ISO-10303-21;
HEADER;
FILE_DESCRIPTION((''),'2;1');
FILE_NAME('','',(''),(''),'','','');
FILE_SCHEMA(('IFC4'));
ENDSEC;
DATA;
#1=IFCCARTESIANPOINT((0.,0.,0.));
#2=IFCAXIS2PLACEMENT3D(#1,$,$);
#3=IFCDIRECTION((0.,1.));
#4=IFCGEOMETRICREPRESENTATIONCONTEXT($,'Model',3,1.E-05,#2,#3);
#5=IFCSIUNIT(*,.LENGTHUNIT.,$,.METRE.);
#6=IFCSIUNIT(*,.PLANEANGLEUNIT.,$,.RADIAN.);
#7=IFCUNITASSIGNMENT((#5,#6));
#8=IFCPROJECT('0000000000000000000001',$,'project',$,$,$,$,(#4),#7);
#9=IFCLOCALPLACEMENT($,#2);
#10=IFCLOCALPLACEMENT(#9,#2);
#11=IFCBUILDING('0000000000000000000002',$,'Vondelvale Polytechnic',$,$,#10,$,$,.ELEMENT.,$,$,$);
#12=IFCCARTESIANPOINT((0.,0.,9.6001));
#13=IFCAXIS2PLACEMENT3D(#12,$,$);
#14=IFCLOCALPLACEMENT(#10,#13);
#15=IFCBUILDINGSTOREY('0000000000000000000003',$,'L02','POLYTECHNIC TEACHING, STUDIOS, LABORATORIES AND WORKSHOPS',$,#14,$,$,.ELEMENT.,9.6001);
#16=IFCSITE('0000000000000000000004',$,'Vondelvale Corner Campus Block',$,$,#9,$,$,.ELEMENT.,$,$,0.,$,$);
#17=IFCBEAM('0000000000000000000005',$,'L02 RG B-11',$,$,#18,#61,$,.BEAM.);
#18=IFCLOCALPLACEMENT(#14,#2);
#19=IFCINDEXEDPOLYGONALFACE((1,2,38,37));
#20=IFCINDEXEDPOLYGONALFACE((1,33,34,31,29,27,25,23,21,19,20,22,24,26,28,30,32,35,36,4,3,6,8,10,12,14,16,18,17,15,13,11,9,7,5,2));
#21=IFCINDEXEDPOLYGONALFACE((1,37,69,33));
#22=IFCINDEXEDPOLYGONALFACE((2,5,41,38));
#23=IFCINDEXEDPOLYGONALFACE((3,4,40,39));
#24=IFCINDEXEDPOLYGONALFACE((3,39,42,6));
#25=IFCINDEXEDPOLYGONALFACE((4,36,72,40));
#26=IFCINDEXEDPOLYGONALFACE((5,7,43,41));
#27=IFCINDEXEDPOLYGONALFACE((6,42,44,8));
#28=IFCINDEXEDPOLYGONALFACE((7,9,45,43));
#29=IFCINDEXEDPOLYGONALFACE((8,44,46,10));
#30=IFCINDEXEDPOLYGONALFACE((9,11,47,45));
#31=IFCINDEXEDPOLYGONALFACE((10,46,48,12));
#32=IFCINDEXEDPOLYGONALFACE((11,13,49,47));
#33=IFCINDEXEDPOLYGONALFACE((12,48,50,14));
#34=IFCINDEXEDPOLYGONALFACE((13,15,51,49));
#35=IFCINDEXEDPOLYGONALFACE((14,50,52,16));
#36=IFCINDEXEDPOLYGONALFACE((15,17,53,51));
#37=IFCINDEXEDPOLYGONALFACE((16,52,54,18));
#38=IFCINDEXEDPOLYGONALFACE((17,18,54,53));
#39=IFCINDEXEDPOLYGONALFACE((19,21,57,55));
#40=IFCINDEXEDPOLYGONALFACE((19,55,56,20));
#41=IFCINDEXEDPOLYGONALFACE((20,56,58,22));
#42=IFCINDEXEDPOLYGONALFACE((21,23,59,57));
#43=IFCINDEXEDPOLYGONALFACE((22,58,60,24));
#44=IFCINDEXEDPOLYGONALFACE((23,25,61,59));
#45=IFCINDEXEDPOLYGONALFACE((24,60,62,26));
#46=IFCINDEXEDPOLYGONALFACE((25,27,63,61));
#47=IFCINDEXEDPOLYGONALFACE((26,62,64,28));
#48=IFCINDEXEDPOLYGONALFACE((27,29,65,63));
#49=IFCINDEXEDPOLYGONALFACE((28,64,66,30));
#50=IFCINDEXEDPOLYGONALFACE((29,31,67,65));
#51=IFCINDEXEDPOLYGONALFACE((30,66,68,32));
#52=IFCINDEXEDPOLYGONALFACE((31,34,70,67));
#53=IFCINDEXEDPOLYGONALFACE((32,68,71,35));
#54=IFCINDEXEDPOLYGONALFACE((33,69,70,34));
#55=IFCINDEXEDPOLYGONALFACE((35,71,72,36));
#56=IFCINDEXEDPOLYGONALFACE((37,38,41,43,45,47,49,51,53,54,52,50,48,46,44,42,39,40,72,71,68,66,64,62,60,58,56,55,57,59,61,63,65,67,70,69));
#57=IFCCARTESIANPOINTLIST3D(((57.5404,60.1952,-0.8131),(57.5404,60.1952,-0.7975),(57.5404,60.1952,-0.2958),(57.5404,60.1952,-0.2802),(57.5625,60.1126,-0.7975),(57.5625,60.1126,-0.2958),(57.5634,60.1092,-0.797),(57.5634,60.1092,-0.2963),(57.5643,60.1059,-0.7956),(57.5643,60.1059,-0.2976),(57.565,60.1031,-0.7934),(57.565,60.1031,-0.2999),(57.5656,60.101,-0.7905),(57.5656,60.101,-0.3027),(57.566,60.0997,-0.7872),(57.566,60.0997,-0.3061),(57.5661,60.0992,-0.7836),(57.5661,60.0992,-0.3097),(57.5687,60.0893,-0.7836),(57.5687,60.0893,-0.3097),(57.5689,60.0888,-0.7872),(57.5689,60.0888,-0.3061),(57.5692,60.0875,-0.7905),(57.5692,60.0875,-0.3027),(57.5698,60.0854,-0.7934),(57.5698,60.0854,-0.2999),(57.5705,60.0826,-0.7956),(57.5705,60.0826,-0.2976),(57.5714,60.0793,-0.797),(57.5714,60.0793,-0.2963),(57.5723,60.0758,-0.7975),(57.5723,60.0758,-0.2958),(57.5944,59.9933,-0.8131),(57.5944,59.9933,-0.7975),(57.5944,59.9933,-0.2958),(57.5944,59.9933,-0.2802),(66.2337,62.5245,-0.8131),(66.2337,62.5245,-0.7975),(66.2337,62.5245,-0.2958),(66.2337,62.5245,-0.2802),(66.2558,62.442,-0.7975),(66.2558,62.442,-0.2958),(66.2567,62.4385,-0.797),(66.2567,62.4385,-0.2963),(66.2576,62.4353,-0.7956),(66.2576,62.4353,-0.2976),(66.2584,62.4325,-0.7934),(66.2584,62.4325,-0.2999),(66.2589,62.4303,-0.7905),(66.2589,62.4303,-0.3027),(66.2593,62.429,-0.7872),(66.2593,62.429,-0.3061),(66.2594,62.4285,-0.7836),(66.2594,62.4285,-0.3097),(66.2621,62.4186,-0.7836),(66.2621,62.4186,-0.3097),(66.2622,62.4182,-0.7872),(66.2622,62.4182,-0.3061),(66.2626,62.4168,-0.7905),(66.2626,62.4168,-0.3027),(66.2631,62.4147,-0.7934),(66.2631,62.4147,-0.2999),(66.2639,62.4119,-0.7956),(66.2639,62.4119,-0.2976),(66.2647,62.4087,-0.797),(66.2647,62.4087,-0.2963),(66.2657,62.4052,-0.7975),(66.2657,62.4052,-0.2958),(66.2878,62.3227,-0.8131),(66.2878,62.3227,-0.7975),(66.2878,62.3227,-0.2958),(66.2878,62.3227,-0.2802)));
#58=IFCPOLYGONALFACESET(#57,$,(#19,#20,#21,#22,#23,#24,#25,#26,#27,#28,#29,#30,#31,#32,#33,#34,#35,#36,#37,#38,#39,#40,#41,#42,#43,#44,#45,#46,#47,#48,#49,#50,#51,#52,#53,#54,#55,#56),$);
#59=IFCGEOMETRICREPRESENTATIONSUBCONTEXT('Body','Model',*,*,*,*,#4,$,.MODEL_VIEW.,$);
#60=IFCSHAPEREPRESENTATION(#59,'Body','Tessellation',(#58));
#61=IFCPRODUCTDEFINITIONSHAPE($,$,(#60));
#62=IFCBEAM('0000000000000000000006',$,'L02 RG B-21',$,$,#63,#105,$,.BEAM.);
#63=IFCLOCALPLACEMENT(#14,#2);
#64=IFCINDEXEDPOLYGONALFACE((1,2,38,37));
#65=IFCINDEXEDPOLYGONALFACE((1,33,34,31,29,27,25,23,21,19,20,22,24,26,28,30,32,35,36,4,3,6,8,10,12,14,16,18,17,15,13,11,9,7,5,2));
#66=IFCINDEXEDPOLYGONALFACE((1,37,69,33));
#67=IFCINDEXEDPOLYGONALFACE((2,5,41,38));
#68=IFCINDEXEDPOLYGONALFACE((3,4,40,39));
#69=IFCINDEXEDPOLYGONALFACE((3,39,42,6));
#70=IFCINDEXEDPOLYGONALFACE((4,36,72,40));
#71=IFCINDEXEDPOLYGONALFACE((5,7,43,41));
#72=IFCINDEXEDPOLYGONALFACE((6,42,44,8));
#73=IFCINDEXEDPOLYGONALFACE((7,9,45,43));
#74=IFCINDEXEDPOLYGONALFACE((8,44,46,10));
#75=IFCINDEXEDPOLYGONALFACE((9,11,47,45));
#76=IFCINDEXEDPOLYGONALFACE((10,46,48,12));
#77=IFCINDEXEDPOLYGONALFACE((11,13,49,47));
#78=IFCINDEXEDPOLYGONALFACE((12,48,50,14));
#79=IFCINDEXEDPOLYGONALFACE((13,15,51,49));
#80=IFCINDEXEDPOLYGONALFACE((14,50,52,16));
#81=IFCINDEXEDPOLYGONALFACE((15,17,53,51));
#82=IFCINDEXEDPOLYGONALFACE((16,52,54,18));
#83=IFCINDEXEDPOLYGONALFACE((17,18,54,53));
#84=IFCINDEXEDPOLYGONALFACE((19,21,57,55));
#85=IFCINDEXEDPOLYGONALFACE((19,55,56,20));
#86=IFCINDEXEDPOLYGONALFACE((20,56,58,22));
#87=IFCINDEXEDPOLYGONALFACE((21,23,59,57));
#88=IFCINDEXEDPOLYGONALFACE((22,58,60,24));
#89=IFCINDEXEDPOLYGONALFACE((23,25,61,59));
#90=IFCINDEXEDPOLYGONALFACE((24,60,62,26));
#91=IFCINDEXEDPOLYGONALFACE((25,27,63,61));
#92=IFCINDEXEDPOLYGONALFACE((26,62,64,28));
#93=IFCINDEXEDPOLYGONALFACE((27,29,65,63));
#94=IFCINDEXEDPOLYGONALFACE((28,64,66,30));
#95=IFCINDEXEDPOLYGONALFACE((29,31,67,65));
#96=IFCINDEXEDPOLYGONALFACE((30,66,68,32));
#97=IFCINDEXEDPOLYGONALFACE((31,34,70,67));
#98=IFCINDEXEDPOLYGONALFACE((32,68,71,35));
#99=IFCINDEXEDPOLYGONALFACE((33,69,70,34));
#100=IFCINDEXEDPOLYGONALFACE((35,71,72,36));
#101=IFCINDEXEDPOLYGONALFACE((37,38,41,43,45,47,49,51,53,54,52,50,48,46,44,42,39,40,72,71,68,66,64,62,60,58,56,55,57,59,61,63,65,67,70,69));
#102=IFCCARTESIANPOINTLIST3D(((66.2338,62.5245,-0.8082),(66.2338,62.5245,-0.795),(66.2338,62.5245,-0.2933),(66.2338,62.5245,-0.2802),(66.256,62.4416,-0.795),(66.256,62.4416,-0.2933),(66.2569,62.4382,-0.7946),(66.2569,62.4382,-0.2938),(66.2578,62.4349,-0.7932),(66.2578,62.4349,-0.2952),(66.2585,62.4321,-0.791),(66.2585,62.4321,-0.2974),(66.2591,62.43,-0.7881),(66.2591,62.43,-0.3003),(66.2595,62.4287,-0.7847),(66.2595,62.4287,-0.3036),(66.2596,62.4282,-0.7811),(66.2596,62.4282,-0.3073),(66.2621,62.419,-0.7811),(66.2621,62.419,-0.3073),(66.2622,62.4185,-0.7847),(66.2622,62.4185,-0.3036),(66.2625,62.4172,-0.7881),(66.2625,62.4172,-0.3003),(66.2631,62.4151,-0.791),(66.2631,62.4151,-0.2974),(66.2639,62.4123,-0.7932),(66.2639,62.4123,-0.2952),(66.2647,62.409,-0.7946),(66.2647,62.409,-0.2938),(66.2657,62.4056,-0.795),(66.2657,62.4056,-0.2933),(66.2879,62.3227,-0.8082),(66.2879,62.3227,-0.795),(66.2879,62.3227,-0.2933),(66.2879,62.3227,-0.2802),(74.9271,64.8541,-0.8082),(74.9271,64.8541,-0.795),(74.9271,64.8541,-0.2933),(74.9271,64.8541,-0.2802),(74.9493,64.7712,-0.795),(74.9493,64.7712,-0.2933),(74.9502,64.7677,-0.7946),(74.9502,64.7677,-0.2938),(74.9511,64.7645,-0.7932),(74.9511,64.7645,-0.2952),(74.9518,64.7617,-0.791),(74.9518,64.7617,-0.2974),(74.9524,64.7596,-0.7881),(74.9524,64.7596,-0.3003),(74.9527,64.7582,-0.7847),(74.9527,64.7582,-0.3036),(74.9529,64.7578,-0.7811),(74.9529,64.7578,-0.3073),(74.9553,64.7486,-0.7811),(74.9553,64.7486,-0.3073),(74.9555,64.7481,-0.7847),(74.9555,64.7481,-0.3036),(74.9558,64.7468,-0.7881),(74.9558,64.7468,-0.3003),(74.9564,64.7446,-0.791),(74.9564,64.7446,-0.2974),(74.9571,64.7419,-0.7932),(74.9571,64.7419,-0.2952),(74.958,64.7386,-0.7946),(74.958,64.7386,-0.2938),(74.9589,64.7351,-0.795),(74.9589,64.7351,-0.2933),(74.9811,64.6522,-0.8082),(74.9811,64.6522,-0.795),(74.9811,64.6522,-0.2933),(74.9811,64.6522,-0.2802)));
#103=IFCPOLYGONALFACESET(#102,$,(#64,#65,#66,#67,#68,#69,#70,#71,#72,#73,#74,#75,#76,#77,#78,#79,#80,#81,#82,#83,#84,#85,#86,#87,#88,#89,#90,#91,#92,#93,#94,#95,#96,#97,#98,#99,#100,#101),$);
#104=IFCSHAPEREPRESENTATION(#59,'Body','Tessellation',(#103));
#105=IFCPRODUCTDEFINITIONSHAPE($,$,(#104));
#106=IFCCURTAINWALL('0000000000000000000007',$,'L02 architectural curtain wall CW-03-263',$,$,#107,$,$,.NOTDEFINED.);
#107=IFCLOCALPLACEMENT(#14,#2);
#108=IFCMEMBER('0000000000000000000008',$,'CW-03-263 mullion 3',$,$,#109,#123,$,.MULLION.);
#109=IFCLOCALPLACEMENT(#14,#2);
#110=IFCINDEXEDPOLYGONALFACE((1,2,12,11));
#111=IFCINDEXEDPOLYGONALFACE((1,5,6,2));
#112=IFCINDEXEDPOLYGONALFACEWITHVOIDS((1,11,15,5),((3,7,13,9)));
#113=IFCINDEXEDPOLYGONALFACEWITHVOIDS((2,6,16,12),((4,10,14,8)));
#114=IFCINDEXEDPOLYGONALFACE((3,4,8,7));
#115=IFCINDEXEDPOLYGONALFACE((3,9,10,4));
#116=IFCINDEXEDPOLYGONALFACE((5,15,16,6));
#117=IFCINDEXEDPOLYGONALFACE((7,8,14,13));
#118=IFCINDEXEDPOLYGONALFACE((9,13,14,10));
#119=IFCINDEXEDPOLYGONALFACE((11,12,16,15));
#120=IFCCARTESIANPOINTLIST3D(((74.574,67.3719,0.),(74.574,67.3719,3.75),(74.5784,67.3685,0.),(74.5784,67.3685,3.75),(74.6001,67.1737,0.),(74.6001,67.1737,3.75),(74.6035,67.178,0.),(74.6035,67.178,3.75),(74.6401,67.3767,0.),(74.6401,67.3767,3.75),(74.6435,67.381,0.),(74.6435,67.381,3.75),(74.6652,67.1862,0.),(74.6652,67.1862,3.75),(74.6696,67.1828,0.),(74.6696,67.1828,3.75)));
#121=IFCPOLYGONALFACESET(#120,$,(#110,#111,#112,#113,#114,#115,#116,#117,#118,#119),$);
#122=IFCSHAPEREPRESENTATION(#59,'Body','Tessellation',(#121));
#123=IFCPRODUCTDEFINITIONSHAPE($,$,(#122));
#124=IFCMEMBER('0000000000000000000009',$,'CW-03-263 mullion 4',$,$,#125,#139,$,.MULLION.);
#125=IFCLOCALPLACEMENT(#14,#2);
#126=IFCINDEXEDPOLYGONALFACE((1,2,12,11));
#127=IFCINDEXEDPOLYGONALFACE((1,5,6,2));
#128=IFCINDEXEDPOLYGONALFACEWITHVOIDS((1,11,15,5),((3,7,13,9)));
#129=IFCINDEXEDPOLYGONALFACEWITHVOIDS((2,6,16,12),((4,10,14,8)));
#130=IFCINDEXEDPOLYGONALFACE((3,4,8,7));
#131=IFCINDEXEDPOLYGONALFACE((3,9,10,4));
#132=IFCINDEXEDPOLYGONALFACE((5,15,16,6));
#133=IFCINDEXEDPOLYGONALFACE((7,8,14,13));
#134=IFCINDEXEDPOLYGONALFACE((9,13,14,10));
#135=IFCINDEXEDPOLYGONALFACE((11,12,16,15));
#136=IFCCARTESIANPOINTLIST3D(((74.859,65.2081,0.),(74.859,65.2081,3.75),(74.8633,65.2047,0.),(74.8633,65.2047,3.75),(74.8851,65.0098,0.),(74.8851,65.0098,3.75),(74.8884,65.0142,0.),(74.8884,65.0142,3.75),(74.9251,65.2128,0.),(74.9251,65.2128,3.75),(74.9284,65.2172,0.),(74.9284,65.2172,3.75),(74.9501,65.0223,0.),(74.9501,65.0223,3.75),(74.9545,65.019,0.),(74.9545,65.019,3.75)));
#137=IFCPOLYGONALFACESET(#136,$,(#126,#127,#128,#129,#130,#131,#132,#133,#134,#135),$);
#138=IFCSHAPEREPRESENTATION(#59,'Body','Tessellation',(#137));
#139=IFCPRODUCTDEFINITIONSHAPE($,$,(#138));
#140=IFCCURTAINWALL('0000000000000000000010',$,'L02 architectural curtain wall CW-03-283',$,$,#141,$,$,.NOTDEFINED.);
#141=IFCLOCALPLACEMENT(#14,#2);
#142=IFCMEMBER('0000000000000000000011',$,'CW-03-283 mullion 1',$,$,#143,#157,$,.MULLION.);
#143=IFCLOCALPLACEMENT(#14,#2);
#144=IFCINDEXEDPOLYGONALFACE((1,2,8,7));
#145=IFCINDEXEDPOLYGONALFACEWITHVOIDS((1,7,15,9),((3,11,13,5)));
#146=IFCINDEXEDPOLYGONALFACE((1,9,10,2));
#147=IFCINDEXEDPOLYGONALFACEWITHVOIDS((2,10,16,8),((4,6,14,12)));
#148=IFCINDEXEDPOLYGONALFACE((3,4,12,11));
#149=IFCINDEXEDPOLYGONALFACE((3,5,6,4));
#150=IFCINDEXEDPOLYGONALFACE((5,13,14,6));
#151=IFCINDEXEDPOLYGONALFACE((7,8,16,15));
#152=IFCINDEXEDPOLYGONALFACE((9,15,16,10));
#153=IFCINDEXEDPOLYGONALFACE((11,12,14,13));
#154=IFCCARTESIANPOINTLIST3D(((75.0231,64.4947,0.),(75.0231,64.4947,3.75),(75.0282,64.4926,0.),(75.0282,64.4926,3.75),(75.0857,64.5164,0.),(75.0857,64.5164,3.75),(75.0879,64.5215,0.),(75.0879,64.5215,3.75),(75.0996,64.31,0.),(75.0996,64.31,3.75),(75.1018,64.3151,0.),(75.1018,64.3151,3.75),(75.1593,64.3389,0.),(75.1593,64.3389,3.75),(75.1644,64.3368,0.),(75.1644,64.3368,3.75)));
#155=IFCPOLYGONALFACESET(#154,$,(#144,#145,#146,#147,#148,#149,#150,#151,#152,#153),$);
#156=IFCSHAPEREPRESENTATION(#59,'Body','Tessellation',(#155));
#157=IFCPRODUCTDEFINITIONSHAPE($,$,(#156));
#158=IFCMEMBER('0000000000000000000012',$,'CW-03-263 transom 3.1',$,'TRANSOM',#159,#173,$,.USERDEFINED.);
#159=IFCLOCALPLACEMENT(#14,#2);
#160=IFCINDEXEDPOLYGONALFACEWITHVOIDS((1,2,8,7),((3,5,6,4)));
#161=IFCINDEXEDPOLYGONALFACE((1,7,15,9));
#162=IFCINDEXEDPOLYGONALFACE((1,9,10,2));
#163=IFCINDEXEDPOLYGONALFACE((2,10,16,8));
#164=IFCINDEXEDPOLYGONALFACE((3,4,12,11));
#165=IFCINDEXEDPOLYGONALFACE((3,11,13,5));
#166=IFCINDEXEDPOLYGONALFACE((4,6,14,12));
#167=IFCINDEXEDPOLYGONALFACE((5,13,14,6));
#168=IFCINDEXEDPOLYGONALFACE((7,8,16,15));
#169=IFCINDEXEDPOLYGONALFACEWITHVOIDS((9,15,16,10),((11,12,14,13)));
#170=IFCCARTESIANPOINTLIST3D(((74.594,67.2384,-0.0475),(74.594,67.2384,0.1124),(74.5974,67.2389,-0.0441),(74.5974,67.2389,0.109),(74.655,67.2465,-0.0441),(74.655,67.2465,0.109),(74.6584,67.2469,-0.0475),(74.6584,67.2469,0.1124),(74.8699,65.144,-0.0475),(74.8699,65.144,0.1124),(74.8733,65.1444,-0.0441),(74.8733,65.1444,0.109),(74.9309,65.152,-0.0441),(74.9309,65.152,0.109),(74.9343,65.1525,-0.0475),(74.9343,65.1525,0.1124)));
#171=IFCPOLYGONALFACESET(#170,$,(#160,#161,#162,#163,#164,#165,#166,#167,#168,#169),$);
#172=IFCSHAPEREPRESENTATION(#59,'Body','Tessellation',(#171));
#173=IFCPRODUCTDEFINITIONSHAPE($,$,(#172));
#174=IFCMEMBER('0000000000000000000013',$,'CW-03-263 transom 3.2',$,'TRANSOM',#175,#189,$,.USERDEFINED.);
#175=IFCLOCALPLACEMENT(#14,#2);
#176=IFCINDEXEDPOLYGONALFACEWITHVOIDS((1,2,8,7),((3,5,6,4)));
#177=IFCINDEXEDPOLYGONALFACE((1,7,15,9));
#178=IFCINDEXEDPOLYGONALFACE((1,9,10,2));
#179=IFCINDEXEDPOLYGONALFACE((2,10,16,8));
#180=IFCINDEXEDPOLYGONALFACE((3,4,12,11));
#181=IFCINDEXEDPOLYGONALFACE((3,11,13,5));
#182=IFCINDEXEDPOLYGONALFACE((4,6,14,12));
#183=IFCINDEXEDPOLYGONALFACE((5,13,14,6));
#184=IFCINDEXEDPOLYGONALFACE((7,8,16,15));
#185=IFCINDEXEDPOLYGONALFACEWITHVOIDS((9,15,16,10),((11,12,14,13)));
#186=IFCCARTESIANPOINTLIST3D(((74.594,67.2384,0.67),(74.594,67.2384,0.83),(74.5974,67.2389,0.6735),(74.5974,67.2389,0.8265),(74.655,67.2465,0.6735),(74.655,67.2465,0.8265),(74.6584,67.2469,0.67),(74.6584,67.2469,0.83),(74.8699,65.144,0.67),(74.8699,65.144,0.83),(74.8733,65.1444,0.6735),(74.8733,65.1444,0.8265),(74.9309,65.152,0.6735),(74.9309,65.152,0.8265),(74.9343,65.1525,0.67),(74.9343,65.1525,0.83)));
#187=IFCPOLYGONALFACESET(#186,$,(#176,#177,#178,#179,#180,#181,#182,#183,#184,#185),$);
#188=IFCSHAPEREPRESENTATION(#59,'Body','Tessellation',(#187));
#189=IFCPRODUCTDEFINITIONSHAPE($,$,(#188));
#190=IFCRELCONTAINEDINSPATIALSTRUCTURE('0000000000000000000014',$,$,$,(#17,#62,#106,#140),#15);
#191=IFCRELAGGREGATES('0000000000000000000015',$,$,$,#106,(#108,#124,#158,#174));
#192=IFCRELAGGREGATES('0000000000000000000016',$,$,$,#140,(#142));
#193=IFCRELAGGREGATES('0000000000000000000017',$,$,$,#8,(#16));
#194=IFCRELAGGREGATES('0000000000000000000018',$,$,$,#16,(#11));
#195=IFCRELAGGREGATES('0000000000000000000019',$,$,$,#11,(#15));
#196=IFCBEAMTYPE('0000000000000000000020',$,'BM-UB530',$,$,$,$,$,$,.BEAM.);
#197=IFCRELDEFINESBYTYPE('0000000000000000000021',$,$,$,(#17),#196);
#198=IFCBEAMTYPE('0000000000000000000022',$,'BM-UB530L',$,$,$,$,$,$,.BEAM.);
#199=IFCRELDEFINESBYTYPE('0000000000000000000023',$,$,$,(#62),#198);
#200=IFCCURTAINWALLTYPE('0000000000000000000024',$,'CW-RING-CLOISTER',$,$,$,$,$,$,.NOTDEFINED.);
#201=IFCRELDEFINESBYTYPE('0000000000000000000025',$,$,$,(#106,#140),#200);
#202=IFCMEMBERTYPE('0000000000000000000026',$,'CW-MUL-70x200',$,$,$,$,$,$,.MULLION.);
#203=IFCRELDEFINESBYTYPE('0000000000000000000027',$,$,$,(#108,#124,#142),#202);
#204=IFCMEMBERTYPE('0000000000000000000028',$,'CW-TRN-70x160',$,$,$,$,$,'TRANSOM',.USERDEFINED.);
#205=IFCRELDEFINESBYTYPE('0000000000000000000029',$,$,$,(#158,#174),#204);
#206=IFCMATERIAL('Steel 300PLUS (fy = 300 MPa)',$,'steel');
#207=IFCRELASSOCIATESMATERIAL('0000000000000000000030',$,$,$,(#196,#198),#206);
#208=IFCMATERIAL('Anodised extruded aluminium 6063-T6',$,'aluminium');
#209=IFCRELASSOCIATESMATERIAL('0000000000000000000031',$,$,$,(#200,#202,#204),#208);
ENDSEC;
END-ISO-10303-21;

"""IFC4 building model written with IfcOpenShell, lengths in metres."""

from ifc_helpers import new_model, si_unit, direction, frame, origin, origin_2d, place, context, subcontext, project, spatial, hollow_rectangle, i_section, extrude, material, material_profile, profile_set, type_object, element, aggregate, save


model = new_model("IFC4")

# Units and contexts
model_context = context("Model", 3, precision=1e-05, world=origin(), true_north=direction((0.0, 1.0)))
body_context = subcontext(model_context, "Body", "Model", "MODEL_VIEW")
ifc_project = project(units=[si_unit("LENGTHUNIT", "METRE"), si_unit("PLANEANGLEUNIT", "RADIAN")], contexts=[model_context])

# Site, building, storey
site_placement = place(None, origin())
site = spatial("IfcSite", under=ifc_project, at=site_placement, Name="Vondelvale Corner Campus Block", CompositionType="ELEMENT", RefElevation=0.0)
building_placement = place(site_placement, origin())
building = spatial("IfcBuilding", under=site, at=building_placement, Name="Vondelvale Polytechnic", CompositionType="ELEMENT")
storey_placement = place(building_placement, frame((0.0, 0.0, 9.6001)))
storey = spatial("IfcBuildingStorey", under=building, at=storey_placement, Name="L02", Description="POLYTECHNIC TEACHING, STUDIOS, LABORATORIES AND WORKSHOPS", CompositionType="ELEMENT", Elevation=9.6001)

# Shared definitions
ifc_material_1 = material(Name="Steel 300PLUS (fy = 300 MPa)", Category="steel")

# Beams
ifc_material_profile_1 = material_profile(ifc_material_1, i_section(OverallWidth=0.209, OverallDepth=0.533, WebThickness=0.0103, FlangeThickness=0.0156, FilletRadius=0.0139, at=origin_2d()), Name="530UB92.4")
ifc_profile_set_1 = profile_set([ifc_material_profile_1], Name="Steel 300PLUS (fy = 300 MPa)")
beam_type_1 = type_object("IfcBeamType", Name="BM-UB530", PredefinedType="BEAM", material=ifc_profile_set_1)
beam_1_placement = place(storey_placement, frame((66.2607, 62.4236, -0.5466), z_axis=(-0.965927, -0.258816, 0.0), x_axis=(0.258816, -0.965927, 0.0)))
element("IfcBeam", 1, at=beam_1_placement, inside=storey, type_object=beam_type_1, Name="L02 RG B-11", PredefinedType="BEAM", context=body_context, shape_type="SweptSolid", body=[
    extrude(i_section(OverallWidth=0.209, OverallDepth=0.533, WebThickness=0.0103, FlangeThickness=0.0156, FilletRadius=0.0139, at=origin_2d()), origin(), (0.0, 0.0, 1.0), 9.0),
])
ifc_material_profile_2 = material_profile(ifc_material_1, i_section(OverallWidth=0.209, OverallDepth=0.5281, WebThickness=0.0095, FlangeThickness=0.0132, FilletRadius=0.0139, at=origin_2d()), Name="530UB82.0")
ifc_profile_set_2 = profile_set([ifc_material_profile_2], Name="Steel 300PLUS (fy = 300 MPa)")
beam_type_2 = type_object("IfcBeamType", Name="BM-UB530L", PredefinedType="BEAM", material=ifc_profile_set_2)
beam_2_placement = place(storey_placement, frame((74.9541, 64.7532, -0.5442), z_axis=(-0.96592, -0.258841, 0.0), x_axis=(0.258841, -0.96592, 0.0)))
element("IfcBeam", 2, at=beam_2_placement, inside=storey, type_object=beam_type_2, Name="L02 RG B-21", PredefinedType="BEAM", context=body_context, shape_type="SweptSolid", body=[
    extrude(i_section(OverallWidth=0.209, OverallDepth=0.5281, WebThickness=0.0095, FlangeThickness=0.0132, FilletRadius=0.0139, at=origin_2d()), origin(), (0.0, 0.0, 1.0), 9.0),
])

# Curtain wall, members
ifc_material_2 = material(Name="Anodised extruded aluminium 6063-T6", Category="aluminium")
curtain_wall_type = type_object("IfcCurtainWallType", Name="CW-RING-CLOISTER", PredefinedType="NOTDEFINED", material=ifc_material_2)
curtain_wall_1_placement = place(storey_placement, origin())
curtain_wall_1 = element("IfcCurtainWall", 3, at=curtain_wall_1_placement, inside=storey, type_object=curtain_wall_type, Name="L02 architectural curtain wall CW-03-263", PredefinedType="NOTDEFINED")
ifc_material_profile_3 = material_profile(ifc_material_2, hollow_rectangle(XDim=0.0701, YDim=0.2, WallThickness=0.0039, at=origin_2d()), Name="CW-MUL-200x70")
ifc_profile_set_3 = profile_set([ifc_material_profile_3], Name="Anodised extruded aluminium 6063-T6")
member_type_1 = type_object("IfcMemberType", Name="CW-MUL-70x200", PredefinedType="MULLION", material=ifc_profile_set_3)
member_1_placement = place(storey_placement, frame((74.6218, 67.2773, 0.0), z_axis=(0.0, 0.0, 1.0), x_axis=(0.991445, 0.130528, 0.0)))
member_1 = element("IfcMember", 4, at=member_1_placement, type_object=member_type_1, Name="CW-03-263 mullion 3", PredefinedType="MULLION", context=body_context, shape_type="SweptSolid", body=[
    extrude(hollow_rectangle(XDim=0.0701, YDim=0.2, WallThickness=0.0039, at=origin_2d()), origin(), (0.0, 0.0, 1.0), 3.75),
])
member_2_placement = place(storey_placement, frame((74.9067, 65.1135, 0.0), z_axis=(0.0, 0.0, 1.0), x_axis=(0.991445, 0.130528, 0.0)))
member_2 = element("IfcMember", 5, at=member_2_placement, type_object=member_type_1, Name="CW-03-263 mullion 4", PredefinedType="MULLION", context=body_context, shape_type="SweptSolid", body=[
    extrude(hollow_rectangle(XDim=0.0701, YDim=0.2, WallThickness=0.0039, at=origin_2d()), origin(), (0.0, 0.0, 1.0), 3.75),
])

# Curtain wall, member
curtain_wall_2_placement = place(storey_placement, origin())
curtain_wall_2 = element("IfcCurtainWall", 6, at=curtain_wall_2_placement, inside=storey, type_object=curtain_wall_type, Name="L02 architectural curtain wall CW-03-283", PredefinedType="NOTDEFINED")
member_3_placement = place(storey_placement, frame((75.0938, 64.4158, 0.0), z_axis=(0.0, 0.0, 1.0), x_axis=(0.923882, 0.382679, 0.0)))
member_3 = element("IfcMember", 7, at=member_3_placement, type_object=member_type_1, Name="CW-03-283 mullion 1", PredefinedType="MULLION", context=body_context, shape_type="SweptSolid", body=[
    extrude(hollow_rectangle(XDim=0.0701, YDim=0.2, WallThickness=0.0039, at=origin_2d()), origin(), (0.0, 0.0, 1.0), 3.75),
])

# Members
ifc_material_profile_4 = material_profile(ifc_material_2, hollow_rectangle(XDim=0.0649, YDim=0.1599, WallThickness=0.0034, at=origin_2d()), Name="CW-TRN-160x65")
ifc_profile_set_4 = profile_set([ifc_material_profile_4], Name="Anodised extruded aluminium 6063-T6")
member_type_2 = type_object("IfcMemberType", Name="CW-TRN-70x160", ElementType="TRANSOM", PredefinedType="USERDEFINED", material=ifc_profile_set_4)
member_4_placement = place(storey_placement, frame((74.6262, 67.2427, 0.0325), z_axis=(0.130589, -0.991437, 0.0), x_axis=(0.991437, 0.130589, 0.0)))
member_4 = element("IfcMember", 8, at=member_4_placement, type_object=member_type_2, Name="CW-03-263 transom 3.1", ObjectType="TRANSOM", PredefinedType="USERDEFINED", context=body_context, shape_type="SweptSolid", body=[
    extrude(hollow_rectangle(XDim=0.0649, YDim=0.1599, WallThickness=0.0034, at=origin_2d()), origin(), (0.0, 0.0, 1.0), 2.1125),
])
member_5_placement = place(storey_placement, frame((74.6262, 67.2427, 0.75), z_axis=(0.130589, -0.991437, 0.0), x_axis=(0.991437, 0.130589, 0.0)))
member_5 = element("IfcMember", 9, at=member_5_placement, type_object=member_type_2, Name="CW-03-263 transom 3.2", ObjectType="TRANSOM", PredefinedType="USERDEFINED", context=body_context, shape_type="SweptSolid", body=[
    extrude(hollow_rectangle(XDim=0.0649, YDim=0.1599, WallThickness=0.0034, at=origin_2d()), origin(), (0.0, 0.0, 1.0), 2.1125),
])

aggregate(curtain_wall_1, [member_1, member_2, member_4, member_5])
aggregate(curtain_wall_2, [member_3])

save(model, "model.ifc")
